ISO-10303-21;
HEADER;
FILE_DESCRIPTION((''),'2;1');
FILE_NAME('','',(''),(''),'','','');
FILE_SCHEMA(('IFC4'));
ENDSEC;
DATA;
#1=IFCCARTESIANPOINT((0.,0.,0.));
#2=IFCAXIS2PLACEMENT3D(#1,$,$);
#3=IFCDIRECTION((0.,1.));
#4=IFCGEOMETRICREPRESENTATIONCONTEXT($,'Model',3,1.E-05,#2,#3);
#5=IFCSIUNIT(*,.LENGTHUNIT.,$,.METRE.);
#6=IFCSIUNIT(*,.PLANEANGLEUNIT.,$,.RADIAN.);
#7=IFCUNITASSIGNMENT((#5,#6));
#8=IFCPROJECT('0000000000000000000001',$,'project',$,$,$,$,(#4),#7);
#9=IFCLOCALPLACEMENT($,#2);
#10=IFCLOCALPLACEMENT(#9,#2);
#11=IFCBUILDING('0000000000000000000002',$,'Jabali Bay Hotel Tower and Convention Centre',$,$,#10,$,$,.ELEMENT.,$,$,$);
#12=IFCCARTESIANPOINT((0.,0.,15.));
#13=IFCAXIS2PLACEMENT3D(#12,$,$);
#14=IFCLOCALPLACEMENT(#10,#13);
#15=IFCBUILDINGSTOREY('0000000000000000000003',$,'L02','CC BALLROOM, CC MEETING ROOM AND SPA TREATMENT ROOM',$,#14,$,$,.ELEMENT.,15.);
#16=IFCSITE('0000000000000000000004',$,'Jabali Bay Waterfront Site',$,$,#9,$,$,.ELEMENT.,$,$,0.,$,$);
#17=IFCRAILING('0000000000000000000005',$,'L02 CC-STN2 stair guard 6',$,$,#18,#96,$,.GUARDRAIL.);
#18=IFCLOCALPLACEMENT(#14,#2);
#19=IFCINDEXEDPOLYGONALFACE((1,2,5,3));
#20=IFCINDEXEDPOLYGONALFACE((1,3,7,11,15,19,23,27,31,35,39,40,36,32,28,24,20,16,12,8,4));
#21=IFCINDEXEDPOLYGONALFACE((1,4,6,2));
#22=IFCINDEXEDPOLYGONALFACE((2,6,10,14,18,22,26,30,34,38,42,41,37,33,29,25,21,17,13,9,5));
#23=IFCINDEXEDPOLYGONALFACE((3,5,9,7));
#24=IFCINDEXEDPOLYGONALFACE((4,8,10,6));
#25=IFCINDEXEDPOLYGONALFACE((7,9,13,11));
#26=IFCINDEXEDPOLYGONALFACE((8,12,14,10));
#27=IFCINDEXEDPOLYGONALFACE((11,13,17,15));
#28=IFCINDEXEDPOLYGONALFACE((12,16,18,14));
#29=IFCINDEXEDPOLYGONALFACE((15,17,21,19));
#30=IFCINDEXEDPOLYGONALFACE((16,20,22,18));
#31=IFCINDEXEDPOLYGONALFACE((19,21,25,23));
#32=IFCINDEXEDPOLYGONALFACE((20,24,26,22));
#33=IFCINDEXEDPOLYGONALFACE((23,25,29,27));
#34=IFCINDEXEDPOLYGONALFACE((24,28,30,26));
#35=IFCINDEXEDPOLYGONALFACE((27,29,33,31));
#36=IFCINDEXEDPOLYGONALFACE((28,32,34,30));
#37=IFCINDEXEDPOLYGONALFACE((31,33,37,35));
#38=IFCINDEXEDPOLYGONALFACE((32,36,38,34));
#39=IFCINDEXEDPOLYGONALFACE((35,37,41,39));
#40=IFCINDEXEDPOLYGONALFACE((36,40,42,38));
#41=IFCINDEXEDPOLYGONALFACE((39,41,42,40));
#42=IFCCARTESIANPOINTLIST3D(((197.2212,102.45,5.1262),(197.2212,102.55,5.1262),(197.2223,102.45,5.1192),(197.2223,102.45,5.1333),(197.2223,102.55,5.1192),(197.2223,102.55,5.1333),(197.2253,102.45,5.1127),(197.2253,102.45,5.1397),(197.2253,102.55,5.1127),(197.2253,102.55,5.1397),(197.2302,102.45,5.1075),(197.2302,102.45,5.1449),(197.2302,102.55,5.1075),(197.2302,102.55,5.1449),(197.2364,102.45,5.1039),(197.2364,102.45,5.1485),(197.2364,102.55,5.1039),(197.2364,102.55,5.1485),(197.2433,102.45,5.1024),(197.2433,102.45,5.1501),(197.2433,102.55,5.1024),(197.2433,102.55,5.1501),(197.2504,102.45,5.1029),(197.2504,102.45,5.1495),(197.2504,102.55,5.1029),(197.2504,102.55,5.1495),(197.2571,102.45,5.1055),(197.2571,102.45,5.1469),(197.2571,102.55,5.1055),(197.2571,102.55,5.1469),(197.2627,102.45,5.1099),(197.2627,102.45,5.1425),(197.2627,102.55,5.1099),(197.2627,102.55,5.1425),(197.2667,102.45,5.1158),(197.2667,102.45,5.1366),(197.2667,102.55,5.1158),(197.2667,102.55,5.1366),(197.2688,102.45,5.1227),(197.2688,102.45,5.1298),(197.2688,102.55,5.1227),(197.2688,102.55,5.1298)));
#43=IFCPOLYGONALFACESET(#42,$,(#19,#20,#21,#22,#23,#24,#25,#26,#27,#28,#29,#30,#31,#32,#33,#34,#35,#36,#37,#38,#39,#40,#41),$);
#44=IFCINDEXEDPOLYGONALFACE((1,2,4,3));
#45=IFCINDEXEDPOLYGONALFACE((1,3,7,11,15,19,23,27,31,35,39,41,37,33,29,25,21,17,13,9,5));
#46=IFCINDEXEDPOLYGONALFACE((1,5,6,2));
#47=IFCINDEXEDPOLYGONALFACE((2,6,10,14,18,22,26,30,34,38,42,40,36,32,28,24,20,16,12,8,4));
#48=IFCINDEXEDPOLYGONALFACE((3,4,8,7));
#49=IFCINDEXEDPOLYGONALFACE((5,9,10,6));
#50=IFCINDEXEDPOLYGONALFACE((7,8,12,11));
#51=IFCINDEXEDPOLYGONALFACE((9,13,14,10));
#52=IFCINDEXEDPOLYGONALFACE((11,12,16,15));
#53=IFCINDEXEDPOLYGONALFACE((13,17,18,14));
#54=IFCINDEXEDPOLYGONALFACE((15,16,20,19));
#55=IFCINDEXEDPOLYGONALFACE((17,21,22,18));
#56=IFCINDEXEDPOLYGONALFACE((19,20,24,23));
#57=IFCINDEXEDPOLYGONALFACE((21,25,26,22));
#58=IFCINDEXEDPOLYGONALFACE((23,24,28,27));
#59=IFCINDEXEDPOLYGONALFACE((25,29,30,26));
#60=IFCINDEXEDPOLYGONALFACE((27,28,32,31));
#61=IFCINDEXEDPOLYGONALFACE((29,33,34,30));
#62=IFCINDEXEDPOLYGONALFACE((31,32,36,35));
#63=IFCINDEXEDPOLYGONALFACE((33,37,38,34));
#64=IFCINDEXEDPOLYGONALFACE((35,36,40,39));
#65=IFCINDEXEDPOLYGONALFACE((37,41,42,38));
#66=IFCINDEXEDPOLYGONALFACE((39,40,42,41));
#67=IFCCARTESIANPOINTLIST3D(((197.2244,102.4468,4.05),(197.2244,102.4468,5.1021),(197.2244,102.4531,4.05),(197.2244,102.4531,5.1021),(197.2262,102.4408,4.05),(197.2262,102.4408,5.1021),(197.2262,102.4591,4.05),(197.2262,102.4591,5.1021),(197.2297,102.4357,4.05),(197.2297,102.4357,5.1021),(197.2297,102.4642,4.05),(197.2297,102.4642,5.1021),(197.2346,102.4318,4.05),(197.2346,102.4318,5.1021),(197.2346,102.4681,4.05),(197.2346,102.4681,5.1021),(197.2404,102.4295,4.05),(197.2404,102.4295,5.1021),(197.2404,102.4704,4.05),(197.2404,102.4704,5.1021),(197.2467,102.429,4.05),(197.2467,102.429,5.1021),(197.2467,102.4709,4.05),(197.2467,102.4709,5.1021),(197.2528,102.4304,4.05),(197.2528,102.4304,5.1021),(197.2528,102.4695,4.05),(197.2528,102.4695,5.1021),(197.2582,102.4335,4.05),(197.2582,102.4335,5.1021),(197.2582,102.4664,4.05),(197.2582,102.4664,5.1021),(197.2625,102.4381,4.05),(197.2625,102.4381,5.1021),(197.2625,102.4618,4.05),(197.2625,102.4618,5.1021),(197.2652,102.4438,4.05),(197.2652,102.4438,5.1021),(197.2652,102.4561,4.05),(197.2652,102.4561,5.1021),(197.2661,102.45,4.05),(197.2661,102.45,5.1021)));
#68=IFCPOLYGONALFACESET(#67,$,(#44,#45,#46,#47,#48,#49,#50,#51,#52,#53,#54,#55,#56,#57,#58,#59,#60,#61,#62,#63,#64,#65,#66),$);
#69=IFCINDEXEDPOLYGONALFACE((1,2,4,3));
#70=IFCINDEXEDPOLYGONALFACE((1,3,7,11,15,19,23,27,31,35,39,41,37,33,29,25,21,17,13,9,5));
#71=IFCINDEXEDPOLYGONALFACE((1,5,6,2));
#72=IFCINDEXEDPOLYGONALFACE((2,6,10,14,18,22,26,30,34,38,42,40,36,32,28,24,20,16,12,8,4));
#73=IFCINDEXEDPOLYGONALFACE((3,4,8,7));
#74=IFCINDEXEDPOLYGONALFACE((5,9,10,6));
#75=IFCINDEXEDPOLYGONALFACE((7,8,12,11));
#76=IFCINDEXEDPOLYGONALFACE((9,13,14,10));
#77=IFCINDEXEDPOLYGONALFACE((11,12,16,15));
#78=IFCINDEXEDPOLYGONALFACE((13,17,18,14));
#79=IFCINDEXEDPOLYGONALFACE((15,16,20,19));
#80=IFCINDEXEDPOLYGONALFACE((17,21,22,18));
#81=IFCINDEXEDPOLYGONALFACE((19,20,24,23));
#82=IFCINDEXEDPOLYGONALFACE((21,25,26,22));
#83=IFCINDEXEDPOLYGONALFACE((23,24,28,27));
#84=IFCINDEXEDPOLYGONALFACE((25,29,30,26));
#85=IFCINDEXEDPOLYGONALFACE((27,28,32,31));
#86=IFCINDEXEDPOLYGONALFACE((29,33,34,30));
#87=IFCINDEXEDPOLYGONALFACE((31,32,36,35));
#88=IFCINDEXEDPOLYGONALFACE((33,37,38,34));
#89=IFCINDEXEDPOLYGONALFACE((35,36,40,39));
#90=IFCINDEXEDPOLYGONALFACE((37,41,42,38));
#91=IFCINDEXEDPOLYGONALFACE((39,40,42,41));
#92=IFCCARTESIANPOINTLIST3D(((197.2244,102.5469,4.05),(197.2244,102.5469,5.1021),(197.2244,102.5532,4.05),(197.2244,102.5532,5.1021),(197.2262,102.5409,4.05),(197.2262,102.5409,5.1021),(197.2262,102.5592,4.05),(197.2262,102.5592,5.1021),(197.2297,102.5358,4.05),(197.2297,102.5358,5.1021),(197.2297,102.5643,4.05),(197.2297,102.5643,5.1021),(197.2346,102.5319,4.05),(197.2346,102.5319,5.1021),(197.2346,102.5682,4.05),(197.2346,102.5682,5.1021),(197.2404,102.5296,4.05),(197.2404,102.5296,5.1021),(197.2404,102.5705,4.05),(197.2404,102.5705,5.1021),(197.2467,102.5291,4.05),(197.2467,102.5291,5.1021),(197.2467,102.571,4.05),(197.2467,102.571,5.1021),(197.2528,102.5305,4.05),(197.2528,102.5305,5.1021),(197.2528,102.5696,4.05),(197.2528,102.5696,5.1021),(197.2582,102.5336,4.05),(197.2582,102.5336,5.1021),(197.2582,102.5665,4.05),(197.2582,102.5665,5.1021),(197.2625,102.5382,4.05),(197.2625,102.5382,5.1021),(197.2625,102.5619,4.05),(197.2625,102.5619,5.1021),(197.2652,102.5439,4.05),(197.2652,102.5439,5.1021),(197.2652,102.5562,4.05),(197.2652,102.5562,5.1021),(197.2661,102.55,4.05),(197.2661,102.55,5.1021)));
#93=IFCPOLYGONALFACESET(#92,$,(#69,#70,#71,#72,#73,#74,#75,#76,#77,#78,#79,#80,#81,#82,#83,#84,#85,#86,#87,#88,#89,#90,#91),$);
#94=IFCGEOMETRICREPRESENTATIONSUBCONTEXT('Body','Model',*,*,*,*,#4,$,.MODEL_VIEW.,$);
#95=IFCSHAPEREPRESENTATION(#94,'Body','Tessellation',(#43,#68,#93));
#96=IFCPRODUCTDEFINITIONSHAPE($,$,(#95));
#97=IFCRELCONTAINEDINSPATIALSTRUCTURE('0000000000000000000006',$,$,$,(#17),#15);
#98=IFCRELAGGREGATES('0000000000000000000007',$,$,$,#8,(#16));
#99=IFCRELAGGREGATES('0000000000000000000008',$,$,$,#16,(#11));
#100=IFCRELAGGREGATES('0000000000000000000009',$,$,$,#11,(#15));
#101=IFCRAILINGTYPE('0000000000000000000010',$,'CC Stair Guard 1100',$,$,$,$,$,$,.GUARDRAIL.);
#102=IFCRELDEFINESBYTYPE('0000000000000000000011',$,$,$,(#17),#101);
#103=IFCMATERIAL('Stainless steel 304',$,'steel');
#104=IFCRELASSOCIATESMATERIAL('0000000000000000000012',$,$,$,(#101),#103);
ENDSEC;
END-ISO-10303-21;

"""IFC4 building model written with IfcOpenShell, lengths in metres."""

from ifc_helpers import new_model, si_unit, direction, frame, origin, origin_2d, place, context, subcontext, project, spatial, circle, extrude, material, type_object, element, save


model = new_model("IFC4")

# Units and contexts
model_context = context("Model", 3, precision=1e-05, world=origin(), true_north=direction((0.0, 1.0)))
body_context = subcontext(model_context, "Body", "Model", "MODEL_VIEW")
ifc_project = project(units=[si_unit("LENGTHUNIT", "METRE"), si_unit("PLANEANGLEUNIT", "RADIAN")], contexts=[model_context])

# Site, building, storey
site_placement = place(None, origin())
site = spatial("IfcSite", under=ifc_project, at=site_placement, Name="Jabali Bay Waterfront Site", CompositionType="ELEMENT", RefElevation=0.0)
building_placement = place(site_placement, origin())
building = spatial("IfcBuilding", under=site, at=building_placement, Name="Jabali Bay Hotel Tower and Convention Centre", CompositionType="ELEMENT")
storey_placement = place(building_placement, frame((0.0, 0.0, 15.0)))
storey = spatial("IfcBuildingStorey", under=building, at=storey_placement, Name="L02", Description="CC BALLROOM, CC MEETING ROOM AND SPA TREATMENT ROOM", CompositionType="ELEMENT", Elevation=15.0)

# Railing
ifc_material_1 = material(Name="Stainless steel 304", Category="steel")
railing_type_1 = type_object("IfcRailingType", Name="CC Stair Guard 1100", PredefinedType="GUARDRAIL", material=ifc_material_1)
railing_1_placement = place(storey_placement, frame((197.2451, 102.45, 4.05)))
element("IfcRailing", 1, at=railing_1_placement, inside=storey, type_object=railing_type_1, Name="L02 CC-STN2 stair guard 6", PredefinedType="GUARDRAIL", context=body_context, shape_type="SweptSolid", body=[
    extrude(circle(Radius=0.0239, at=origin_2d()), frame((0.0, 0.0, 1.0762), z_axis=(0.0, 1.0, 0.0), x_axis=(-1.0, 0.0, 0.0)), (0.0, 0.0, 1.0), 0.1001),
    extrude(circle(Radius=0.021, at=origin_2d()), origin(), (0.0, 0.0, 1.0), 1.052),
    extrude(circle(Radius=0.021, at=origin_2d()), frame((0.0, 0.1001, 0.0)), (0.0, 0.0, 1.0), 1.052),
])

save(model, "model.ifc")
